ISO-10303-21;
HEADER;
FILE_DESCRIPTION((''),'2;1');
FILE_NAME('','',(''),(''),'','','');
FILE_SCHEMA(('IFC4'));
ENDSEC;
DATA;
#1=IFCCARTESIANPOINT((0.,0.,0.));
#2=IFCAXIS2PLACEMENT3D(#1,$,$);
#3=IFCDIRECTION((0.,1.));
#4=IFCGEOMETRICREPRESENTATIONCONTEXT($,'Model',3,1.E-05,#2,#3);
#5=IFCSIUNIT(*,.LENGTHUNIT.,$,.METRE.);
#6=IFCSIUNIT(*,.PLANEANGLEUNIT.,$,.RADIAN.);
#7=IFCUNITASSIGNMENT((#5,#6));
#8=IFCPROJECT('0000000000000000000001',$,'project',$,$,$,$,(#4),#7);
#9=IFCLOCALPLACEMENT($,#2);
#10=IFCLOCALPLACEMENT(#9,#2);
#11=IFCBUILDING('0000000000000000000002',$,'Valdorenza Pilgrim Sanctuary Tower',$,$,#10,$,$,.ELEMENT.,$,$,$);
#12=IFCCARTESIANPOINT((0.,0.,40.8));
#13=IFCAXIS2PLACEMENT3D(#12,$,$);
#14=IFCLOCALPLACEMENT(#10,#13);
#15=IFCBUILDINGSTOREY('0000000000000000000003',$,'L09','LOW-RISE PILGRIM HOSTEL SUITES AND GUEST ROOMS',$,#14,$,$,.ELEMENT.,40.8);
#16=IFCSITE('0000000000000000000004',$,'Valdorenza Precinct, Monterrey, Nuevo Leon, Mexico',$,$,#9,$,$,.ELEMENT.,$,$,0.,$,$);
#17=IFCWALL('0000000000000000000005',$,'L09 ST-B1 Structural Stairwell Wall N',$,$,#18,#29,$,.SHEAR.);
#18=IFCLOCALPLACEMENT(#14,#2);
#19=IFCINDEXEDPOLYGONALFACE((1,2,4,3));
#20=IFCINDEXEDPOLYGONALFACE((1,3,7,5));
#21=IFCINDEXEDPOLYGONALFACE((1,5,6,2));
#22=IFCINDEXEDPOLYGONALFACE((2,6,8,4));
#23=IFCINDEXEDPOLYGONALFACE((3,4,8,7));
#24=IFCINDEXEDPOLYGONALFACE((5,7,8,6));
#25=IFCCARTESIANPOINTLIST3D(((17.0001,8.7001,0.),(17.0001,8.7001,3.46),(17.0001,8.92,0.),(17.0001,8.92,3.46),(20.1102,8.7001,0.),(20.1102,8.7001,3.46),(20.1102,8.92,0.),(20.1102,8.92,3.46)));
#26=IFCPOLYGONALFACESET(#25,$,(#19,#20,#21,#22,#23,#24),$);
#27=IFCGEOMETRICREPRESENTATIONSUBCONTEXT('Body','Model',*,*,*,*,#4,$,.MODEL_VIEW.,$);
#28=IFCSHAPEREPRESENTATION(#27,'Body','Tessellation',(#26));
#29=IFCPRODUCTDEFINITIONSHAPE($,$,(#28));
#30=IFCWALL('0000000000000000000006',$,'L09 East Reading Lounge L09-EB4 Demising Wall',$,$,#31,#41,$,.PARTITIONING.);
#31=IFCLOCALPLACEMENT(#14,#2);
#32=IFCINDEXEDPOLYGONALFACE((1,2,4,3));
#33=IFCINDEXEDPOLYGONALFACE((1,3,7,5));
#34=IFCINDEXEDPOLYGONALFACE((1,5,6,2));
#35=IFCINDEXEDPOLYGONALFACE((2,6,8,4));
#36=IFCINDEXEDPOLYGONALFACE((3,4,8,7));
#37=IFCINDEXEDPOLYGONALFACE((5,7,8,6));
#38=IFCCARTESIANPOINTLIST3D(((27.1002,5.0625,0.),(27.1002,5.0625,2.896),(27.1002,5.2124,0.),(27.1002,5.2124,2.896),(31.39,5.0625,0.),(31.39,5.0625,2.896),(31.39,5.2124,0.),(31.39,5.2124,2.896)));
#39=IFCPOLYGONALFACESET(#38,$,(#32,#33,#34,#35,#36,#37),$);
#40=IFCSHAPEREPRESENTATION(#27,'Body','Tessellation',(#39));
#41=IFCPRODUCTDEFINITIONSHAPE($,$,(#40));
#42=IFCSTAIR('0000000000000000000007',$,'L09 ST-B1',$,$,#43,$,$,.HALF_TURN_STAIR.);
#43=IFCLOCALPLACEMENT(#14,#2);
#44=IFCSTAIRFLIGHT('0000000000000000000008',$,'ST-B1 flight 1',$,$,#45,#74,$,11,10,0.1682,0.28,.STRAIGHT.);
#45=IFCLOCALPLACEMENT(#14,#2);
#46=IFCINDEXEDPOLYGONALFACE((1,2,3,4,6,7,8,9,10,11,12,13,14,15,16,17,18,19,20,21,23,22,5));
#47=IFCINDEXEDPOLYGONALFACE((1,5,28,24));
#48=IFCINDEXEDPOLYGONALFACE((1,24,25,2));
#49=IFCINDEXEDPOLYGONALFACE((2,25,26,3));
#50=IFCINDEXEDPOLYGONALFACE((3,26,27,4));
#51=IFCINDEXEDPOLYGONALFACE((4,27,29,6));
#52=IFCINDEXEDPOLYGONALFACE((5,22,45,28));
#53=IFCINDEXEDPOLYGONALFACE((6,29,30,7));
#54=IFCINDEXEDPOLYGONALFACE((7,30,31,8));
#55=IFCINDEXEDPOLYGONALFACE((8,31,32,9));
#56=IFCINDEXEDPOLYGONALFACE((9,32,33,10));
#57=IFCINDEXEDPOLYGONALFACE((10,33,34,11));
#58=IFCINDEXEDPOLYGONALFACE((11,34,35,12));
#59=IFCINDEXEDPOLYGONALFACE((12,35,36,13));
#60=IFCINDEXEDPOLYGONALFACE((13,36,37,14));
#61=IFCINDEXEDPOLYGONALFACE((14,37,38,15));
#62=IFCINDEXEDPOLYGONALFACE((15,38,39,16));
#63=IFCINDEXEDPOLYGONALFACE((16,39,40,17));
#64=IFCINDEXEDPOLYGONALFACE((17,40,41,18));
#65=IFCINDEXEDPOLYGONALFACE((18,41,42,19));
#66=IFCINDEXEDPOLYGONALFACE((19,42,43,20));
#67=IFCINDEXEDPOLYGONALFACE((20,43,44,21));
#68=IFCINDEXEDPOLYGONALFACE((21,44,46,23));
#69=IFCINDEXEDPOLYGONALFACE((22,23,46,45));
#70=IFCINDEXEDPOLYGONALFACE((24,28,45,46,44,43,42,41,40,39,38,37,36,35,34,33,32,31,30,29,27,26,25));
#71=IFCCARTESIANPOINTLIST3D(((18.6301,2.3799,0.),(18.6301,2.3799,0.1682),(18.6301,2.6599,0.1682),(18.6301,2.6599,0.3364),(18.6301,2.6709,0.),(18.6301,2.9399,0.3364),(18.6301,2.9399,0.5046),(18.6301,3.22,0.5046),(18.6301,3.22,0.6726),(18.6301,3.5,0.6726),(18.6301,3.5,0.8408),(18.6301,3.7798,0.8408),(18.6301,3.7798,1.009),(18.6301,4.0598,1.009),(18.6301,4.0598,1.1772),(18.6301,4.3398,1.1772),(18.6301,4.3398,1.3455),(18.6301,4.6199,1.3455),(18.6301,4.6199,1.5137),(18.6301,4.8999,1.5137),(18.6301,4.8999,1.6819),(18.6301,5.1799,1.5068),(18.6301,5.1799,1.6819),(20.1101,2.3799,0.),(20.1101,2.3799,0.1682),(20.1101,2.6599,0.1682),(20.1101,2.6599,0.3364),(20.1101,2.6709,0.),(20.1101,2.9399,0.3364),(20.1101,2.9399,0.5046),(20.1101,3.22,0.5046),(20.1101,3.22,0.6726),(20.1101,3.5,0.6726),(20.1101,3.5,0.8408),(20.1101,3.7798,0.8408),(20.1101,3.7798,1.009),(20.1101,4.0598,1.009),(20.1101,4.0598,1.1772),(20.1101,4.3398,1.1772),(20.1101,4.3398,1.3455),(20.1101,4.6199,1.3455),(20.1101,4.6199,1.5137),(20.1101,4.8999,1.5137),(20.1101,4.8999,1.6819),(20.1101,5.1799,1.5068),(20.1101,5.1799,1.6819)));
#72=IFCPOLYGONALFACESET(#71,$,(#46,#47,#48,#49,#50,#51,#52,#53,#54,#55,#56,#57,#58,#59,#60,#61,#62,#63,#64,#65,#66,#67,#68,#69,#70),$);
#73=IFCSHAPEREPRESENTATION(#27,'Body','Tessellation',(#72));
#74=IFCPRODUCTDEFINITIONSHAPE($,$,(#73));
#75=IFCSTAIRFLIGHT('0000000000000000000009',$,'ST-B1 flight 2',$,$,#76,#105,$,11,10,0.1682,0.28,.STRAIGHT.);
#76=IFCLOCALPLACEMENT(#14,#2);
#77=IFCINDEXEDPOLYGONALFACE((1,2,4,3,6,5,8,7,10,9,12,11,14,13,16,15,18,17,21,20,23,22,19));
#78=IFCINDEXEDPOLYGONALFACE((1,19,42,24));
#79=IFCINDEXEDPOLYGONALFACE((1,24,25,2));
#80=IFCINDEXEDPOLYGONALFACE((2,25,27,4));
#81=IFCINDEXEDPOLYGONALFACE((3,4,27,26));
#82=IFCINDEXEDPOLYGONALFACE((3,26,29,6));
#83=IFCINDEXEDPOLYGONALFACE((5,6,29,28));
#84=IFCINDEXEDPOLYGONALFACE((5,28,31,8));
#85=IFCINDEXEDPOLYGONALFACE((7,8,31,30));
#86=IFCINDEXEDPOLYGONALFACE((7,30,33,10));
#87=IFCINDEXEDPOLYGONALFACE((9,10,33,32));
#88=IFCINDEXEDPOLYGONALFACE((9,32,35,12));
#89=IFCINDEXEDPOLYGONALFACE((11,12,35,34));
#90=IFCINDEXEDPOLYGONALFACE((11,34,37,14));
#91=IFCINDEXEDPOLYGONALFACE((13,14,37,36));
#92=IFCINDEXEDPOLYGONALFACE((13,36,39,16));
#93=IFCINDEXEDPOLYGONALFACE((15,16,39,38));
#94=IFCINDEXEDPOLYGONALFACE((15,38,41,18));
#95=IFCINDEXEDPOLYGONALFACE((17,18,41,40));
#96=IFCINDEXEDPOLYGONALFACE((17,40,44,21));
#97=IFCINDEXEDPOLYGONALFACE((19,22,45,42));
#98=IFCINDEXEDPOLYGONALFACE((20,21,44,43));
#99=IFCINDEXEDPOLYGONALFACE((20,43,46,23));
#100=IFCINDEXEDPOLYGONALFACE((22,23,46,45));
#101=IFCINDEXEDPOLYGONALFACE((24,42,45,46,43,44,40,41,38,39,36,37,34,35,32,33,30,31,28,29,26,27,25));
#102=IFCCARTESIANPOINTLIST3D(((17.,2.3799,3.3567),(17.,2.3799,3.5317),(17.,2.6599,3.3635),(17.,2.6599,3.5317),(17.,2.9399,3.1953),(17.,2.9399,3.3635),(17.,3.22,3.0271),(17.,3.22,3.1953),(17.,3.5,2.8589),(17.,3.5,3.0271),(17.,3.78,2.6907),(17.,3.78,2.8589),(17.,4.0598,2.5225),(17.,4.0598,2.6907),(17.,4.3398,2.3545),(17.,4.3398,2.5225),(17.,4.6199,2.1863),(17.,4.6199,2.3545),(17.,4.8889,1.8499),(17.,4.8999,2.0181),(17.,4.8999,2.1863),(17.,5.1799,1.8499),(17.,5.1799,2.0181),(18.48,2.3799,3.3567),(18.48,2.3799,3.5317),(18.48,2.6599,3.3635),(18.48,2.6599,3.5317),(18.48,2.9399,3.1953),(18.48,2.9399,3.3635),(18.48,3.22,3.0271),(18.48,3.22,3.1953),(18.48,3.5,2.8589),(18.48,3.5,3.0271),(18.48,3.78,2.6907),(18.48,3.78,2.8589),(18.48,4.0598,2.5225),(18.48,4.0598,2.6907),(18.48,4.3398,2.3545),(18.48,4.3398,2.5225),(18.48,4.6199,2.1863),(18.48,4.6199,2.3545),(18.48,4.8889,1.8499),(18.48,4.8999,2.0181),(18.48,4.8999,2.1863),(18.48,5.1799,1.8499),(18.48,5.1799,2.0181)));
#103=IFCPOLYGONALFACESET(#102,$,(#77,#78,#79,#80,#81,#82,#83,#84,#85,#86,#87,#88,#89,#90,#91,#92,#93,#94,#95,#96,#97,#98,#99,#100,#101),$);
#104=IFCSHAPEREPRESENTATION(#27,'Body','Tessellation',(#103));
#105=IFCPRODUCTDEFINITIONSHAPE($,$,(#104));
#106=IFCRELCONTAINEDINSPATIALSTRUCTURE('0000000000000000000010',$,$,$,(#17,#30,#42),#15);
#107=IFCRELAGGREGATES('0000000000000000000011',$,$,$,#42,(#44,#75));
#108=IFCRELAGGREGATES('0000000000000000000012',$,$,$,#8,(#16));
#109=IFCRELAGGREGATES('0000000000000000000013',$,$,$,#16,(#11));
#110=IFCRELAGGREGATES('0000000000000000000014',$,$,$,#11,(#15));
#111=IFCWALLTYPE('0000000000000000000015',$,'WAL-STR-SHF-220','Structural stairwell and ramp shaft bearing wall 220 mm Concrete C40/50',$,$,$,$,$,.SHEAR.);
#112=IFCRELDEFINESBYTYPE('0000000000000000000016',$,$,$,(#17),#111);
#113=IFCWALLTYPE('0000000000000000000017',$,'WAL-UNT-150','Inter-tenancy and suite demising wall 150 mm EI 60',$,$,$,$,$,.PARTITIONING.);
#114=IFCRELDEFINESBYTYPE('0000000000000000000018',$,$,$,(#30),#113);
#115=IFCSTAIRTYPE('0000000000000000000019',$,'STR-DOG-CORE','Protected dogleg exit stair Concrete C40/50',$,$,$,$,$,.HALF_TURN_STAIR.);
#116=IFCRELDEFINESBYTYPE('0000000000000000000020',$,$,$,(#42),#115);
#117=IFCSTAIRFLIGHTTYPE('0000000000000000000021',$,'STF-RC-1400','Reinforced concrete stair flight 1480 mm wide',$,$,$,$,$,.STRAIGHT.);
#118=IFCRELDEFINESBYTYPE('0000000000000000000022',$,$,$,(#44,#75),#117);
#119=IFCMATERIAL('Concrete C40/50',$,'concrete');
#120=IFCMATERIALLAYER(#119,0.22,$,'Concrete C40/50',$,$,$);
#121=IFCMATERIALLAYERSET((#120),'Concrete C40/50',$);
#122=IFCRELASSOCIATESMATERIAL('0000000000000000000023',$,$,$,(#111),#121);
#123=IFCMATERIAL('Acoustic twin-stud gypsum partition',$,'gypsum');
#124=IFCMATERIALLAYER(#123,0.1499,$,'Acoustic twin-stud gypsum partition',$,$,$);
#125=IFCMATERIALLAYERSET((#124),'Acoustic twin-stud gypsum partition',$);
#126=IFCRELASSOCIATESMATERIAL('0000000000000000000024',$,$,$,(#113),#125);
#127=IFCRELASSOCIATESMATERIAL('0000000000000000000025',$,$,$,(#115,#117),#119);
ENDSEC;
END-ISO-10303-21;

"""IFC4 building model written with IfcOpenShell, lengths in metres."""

from ifc_helpers import new_model, si_unit, direction, frame, frame_2d, origin, place, context, subcontext, project, spatial, polyline, rectangle, outline, extrude, material, layer, layer_set, type_object, element, aggregate, save


model = new_model("IFC4")

# Units and contexts
model_context = context("Model", 3, precision=1e-05, world=origin(), true_north=direction((0.0, 1.0)))
body_context = subcontext(model_context, "Body", "Model", "MODEL_VIEW")
ifc_project = project(units=[si_unit("LENGTHUNIT", "METRE"), si_unit("PLANEANGLEUNIT", "RADIAN")], contexts=[model_context])

# Site, building, storey
site_placement = place(None, origin())
site = spatial("IfcSite", under=ifc_project, at=site_placement, Name="Valdorenza Precinct, Monterrey, Nuevo Leon, Mexico", CompositionType="ELEMENT", RefElevation=0.0)
building_placement = place(site_placement, origin())
building = spatial("IfcBuilding", under=site, at=building_placement, Name="Valdorenza Pilgrim Sanctuary Tower", CompositionType="ELEMENT")
storey_placement = place(building_placement, frame((0.0, 0.0, 40.8)))
storey = spatial("IfcBuildingStorey", under=building, at=storey_placement, Name="L09", Description="LOW-RISE PILGRIM HOSTEL SUITES AND GUEST ROOMS", CompositionType="ELEMENT", Elevation=40.8)

# Shared definitions
ifc_material_1 = material(Name="Acoustic twin-stud gypsum partition", Category="gypsum")

# Shared definitions
ifc_material_2 = material(Name="Concrete C40/50", Category="concrete")
ifc_layer_1 = layer(ifc_material_2, 0.22, Name="Concrete C40/50")
ifc_layer_set_1 = layer_set([ifc_layer_1], Name="Concrete C40/50")
wall_type_1 = type_object("IfcWallType", Name="WAL-STR-SHF-220", Description="Structural stairwell and ramp shaft bearing wall 220 mm Concrete C40/50", PredefinedType="SHEAR", material=ifc_layer_set_1)

# Walls
wall_1_placement = place(storey_placement, frame((17.0, 8.8101, 0.0), z_axis=(0.0, 0.0, 1.0), x_axis=(1.0, 0.0, 0.0)))
element("IfcWall", 1, at=wall_1_placement, inside=storey, type_object=wall_type_1, Name="L09 ST-B1 Structural Stairwell Wall N", PredefinedType="SHEAR", context=body_context, shape_type="SweptSolid", body=[
    extrude(rectangle(XDim=3.1101, YDim=0.22, at=frame_2d((1.5552, 0.0))), origin(), (0.0, 0.0, 1.0), 3.46),
])
ifc_layer_2 = layer(ifc_material_1, 0.1499, Name="Acoustic twin-stud gypsum partition")
ifc_layer_set_2 = layer_set([ifc_layer_2], Name="Acoustic twin-stud gypsum partition")
wall_type_2 = type_object("IfcWallType", Name="WAL-UNT-150", Description="Inter-tenancy and suite demising wall 150 mm EI 60", PredefinedType="PARTITIONING", material=ifc_layer_set_2)
wall_2_placement = place(storey_placement, frame((27.1001, 5.1375, 0.0), z_axis=(0.0, 0.0, 1.0), x_axis=(1.0, 0.0, 0.0)))
element("IfcWall", 2, at=wall_2_placement, inside=storey, type_object=wall_type_2, Name="L09 East Reading Lounge L09-EB4 Demising Wall", PredefinedType="PARTITIONING", context=body_context, shape_type="SweptSolid", body=[
    extrude(rectangle(XDim=4.2898, YDim=0.1499, at=frame_2d((2.145, 0.0))), origin(), (0.0, 0.0, 1.0), 2.896),
])

# Stair, stair flights
stair_type = type_object("IfcStairType", Name="STR-DOG-CORE", Description="Protected dogleg exit stair Concrete C40/50", PredefinedType="HALF_TURN_STAIR", material=ifc_material_2)
stair_placement = place(storey_placement, origin())
stair = element("IfcStair", 3, at=stair_placement, inside=storey, type_object=stair_type, Name="L09 ST-B1", PredefinedType="HALF_TURN_STAIR")
stair_flight_type = type_object("IfcStairFlightType", Name="STF-RC-1400", Description="Reinforced concrete stair flight 1480 mm wide", PredefinedType="STRAIGHT", material=ifc_material_2)
stair_flight_1_placement = place(storey_placement, frame((19.3701, 2.3799, 0.0), z_axis=(0.0, 0.0, 1.0), x_axis=(0.0, 1.0, 0.0)))
stair_flight_1 = element("IfcStairFlight", 4, at=stair_flight_1_placement, type_object=stair_flight_type, Name="ST-B1 flight 1", NumberOfRisers=11, NumberOfTreads=10, PredefinedType="STRAIGHT", RiserHeight=0.1682, TreadLength=0.28, context=body_context, shape_type="SweptSolid", body=[
    extrude(outline(polyline([(0.0, 0.0), (0.0, 0.1682), (0.28, 0.1682), (0.28, 0.3364), (0.5601, 0.3364), (0.5601, 0.5046), (0.8401, 0.5046), (0.8401, 0.6726), (1.1201, 0.6726), (1.1201, 0.8408), (1.3999, 0.8408), (1.3999, 1.009), (1.6799, 1.009), (1.6799, 1.1772), (1.96, 1.1772), (1.96, 1.3455), (2.24, 1.3455), (2.24, 1.5137), (2.52, 1.5137), (2.52, 1.6819), (2.8, 1.6819), (2.8, 1.8501), (2.8, 1.5068), (0.291, 0.0), (0.0, 0.0)])), frame((0.0, 0.74, 0.0), z_axis=(0.0, -1.0, 0.0), x_axis=(1.0, 0.0, 0.0)), (0.0, 0.0, 1.0), 1.48),
])
stair_flight_2_placement = place(storey_placement, frame((17.74, 5.1799, 1.8499), z_axis=(0.0, 0.0, 1.0), x_axis=(0.0, -1.0, 0.0)))
stair_flight_2 = element("IfcStairFlight", 5, at=stair_flight_2_placement, type_object=stair_flight_type, Name="ST-B1 flight 2", NumberOfRisers=11, NumberOfTreads=10, PredefinedType="STRAIGHT", RiserHeight=0.1682, TreadLength=0.28, context=body_context, shape_type="SweptSolid", body=[
    extrude(outline(polyline([(0.0, 0.0), (0.0, 0.1682), (0.28, 0.1682), (0.28, 0.3364), (0.5601, 0.3364), (0.5601, 0.5046), (0.8401, 0.5046), (0.8401, 0.6726), (1.1201, 0.6726), (1.1201, 0.8408), (1.3999, 0.8408), (1.3999, 1.009), (1.6799, 1.009), (1.6799, 1.1772), (1.96, 1.1772), (1.96, 1.3455), (2.24, 1.3455), (2.24, 1.5137), (2.52, 1.5137), (2.52, 1.6819), (2.8, 1.6819), (2.8, 1.8501), (2.8, 1.5068), (0.291, 0.0), (0.0, 0.0)])), frame((0.0, 0.74, 0.0), z_axis=(0.0, -1.0, 0.0), x_axis=(1.0, 0.0, 0.0)), (0.0, 0.0, 1.0), 1.48),
])
aggregate(stair, [stair_flight_1, stair_flight_2])

save(model, "model.ifc")
